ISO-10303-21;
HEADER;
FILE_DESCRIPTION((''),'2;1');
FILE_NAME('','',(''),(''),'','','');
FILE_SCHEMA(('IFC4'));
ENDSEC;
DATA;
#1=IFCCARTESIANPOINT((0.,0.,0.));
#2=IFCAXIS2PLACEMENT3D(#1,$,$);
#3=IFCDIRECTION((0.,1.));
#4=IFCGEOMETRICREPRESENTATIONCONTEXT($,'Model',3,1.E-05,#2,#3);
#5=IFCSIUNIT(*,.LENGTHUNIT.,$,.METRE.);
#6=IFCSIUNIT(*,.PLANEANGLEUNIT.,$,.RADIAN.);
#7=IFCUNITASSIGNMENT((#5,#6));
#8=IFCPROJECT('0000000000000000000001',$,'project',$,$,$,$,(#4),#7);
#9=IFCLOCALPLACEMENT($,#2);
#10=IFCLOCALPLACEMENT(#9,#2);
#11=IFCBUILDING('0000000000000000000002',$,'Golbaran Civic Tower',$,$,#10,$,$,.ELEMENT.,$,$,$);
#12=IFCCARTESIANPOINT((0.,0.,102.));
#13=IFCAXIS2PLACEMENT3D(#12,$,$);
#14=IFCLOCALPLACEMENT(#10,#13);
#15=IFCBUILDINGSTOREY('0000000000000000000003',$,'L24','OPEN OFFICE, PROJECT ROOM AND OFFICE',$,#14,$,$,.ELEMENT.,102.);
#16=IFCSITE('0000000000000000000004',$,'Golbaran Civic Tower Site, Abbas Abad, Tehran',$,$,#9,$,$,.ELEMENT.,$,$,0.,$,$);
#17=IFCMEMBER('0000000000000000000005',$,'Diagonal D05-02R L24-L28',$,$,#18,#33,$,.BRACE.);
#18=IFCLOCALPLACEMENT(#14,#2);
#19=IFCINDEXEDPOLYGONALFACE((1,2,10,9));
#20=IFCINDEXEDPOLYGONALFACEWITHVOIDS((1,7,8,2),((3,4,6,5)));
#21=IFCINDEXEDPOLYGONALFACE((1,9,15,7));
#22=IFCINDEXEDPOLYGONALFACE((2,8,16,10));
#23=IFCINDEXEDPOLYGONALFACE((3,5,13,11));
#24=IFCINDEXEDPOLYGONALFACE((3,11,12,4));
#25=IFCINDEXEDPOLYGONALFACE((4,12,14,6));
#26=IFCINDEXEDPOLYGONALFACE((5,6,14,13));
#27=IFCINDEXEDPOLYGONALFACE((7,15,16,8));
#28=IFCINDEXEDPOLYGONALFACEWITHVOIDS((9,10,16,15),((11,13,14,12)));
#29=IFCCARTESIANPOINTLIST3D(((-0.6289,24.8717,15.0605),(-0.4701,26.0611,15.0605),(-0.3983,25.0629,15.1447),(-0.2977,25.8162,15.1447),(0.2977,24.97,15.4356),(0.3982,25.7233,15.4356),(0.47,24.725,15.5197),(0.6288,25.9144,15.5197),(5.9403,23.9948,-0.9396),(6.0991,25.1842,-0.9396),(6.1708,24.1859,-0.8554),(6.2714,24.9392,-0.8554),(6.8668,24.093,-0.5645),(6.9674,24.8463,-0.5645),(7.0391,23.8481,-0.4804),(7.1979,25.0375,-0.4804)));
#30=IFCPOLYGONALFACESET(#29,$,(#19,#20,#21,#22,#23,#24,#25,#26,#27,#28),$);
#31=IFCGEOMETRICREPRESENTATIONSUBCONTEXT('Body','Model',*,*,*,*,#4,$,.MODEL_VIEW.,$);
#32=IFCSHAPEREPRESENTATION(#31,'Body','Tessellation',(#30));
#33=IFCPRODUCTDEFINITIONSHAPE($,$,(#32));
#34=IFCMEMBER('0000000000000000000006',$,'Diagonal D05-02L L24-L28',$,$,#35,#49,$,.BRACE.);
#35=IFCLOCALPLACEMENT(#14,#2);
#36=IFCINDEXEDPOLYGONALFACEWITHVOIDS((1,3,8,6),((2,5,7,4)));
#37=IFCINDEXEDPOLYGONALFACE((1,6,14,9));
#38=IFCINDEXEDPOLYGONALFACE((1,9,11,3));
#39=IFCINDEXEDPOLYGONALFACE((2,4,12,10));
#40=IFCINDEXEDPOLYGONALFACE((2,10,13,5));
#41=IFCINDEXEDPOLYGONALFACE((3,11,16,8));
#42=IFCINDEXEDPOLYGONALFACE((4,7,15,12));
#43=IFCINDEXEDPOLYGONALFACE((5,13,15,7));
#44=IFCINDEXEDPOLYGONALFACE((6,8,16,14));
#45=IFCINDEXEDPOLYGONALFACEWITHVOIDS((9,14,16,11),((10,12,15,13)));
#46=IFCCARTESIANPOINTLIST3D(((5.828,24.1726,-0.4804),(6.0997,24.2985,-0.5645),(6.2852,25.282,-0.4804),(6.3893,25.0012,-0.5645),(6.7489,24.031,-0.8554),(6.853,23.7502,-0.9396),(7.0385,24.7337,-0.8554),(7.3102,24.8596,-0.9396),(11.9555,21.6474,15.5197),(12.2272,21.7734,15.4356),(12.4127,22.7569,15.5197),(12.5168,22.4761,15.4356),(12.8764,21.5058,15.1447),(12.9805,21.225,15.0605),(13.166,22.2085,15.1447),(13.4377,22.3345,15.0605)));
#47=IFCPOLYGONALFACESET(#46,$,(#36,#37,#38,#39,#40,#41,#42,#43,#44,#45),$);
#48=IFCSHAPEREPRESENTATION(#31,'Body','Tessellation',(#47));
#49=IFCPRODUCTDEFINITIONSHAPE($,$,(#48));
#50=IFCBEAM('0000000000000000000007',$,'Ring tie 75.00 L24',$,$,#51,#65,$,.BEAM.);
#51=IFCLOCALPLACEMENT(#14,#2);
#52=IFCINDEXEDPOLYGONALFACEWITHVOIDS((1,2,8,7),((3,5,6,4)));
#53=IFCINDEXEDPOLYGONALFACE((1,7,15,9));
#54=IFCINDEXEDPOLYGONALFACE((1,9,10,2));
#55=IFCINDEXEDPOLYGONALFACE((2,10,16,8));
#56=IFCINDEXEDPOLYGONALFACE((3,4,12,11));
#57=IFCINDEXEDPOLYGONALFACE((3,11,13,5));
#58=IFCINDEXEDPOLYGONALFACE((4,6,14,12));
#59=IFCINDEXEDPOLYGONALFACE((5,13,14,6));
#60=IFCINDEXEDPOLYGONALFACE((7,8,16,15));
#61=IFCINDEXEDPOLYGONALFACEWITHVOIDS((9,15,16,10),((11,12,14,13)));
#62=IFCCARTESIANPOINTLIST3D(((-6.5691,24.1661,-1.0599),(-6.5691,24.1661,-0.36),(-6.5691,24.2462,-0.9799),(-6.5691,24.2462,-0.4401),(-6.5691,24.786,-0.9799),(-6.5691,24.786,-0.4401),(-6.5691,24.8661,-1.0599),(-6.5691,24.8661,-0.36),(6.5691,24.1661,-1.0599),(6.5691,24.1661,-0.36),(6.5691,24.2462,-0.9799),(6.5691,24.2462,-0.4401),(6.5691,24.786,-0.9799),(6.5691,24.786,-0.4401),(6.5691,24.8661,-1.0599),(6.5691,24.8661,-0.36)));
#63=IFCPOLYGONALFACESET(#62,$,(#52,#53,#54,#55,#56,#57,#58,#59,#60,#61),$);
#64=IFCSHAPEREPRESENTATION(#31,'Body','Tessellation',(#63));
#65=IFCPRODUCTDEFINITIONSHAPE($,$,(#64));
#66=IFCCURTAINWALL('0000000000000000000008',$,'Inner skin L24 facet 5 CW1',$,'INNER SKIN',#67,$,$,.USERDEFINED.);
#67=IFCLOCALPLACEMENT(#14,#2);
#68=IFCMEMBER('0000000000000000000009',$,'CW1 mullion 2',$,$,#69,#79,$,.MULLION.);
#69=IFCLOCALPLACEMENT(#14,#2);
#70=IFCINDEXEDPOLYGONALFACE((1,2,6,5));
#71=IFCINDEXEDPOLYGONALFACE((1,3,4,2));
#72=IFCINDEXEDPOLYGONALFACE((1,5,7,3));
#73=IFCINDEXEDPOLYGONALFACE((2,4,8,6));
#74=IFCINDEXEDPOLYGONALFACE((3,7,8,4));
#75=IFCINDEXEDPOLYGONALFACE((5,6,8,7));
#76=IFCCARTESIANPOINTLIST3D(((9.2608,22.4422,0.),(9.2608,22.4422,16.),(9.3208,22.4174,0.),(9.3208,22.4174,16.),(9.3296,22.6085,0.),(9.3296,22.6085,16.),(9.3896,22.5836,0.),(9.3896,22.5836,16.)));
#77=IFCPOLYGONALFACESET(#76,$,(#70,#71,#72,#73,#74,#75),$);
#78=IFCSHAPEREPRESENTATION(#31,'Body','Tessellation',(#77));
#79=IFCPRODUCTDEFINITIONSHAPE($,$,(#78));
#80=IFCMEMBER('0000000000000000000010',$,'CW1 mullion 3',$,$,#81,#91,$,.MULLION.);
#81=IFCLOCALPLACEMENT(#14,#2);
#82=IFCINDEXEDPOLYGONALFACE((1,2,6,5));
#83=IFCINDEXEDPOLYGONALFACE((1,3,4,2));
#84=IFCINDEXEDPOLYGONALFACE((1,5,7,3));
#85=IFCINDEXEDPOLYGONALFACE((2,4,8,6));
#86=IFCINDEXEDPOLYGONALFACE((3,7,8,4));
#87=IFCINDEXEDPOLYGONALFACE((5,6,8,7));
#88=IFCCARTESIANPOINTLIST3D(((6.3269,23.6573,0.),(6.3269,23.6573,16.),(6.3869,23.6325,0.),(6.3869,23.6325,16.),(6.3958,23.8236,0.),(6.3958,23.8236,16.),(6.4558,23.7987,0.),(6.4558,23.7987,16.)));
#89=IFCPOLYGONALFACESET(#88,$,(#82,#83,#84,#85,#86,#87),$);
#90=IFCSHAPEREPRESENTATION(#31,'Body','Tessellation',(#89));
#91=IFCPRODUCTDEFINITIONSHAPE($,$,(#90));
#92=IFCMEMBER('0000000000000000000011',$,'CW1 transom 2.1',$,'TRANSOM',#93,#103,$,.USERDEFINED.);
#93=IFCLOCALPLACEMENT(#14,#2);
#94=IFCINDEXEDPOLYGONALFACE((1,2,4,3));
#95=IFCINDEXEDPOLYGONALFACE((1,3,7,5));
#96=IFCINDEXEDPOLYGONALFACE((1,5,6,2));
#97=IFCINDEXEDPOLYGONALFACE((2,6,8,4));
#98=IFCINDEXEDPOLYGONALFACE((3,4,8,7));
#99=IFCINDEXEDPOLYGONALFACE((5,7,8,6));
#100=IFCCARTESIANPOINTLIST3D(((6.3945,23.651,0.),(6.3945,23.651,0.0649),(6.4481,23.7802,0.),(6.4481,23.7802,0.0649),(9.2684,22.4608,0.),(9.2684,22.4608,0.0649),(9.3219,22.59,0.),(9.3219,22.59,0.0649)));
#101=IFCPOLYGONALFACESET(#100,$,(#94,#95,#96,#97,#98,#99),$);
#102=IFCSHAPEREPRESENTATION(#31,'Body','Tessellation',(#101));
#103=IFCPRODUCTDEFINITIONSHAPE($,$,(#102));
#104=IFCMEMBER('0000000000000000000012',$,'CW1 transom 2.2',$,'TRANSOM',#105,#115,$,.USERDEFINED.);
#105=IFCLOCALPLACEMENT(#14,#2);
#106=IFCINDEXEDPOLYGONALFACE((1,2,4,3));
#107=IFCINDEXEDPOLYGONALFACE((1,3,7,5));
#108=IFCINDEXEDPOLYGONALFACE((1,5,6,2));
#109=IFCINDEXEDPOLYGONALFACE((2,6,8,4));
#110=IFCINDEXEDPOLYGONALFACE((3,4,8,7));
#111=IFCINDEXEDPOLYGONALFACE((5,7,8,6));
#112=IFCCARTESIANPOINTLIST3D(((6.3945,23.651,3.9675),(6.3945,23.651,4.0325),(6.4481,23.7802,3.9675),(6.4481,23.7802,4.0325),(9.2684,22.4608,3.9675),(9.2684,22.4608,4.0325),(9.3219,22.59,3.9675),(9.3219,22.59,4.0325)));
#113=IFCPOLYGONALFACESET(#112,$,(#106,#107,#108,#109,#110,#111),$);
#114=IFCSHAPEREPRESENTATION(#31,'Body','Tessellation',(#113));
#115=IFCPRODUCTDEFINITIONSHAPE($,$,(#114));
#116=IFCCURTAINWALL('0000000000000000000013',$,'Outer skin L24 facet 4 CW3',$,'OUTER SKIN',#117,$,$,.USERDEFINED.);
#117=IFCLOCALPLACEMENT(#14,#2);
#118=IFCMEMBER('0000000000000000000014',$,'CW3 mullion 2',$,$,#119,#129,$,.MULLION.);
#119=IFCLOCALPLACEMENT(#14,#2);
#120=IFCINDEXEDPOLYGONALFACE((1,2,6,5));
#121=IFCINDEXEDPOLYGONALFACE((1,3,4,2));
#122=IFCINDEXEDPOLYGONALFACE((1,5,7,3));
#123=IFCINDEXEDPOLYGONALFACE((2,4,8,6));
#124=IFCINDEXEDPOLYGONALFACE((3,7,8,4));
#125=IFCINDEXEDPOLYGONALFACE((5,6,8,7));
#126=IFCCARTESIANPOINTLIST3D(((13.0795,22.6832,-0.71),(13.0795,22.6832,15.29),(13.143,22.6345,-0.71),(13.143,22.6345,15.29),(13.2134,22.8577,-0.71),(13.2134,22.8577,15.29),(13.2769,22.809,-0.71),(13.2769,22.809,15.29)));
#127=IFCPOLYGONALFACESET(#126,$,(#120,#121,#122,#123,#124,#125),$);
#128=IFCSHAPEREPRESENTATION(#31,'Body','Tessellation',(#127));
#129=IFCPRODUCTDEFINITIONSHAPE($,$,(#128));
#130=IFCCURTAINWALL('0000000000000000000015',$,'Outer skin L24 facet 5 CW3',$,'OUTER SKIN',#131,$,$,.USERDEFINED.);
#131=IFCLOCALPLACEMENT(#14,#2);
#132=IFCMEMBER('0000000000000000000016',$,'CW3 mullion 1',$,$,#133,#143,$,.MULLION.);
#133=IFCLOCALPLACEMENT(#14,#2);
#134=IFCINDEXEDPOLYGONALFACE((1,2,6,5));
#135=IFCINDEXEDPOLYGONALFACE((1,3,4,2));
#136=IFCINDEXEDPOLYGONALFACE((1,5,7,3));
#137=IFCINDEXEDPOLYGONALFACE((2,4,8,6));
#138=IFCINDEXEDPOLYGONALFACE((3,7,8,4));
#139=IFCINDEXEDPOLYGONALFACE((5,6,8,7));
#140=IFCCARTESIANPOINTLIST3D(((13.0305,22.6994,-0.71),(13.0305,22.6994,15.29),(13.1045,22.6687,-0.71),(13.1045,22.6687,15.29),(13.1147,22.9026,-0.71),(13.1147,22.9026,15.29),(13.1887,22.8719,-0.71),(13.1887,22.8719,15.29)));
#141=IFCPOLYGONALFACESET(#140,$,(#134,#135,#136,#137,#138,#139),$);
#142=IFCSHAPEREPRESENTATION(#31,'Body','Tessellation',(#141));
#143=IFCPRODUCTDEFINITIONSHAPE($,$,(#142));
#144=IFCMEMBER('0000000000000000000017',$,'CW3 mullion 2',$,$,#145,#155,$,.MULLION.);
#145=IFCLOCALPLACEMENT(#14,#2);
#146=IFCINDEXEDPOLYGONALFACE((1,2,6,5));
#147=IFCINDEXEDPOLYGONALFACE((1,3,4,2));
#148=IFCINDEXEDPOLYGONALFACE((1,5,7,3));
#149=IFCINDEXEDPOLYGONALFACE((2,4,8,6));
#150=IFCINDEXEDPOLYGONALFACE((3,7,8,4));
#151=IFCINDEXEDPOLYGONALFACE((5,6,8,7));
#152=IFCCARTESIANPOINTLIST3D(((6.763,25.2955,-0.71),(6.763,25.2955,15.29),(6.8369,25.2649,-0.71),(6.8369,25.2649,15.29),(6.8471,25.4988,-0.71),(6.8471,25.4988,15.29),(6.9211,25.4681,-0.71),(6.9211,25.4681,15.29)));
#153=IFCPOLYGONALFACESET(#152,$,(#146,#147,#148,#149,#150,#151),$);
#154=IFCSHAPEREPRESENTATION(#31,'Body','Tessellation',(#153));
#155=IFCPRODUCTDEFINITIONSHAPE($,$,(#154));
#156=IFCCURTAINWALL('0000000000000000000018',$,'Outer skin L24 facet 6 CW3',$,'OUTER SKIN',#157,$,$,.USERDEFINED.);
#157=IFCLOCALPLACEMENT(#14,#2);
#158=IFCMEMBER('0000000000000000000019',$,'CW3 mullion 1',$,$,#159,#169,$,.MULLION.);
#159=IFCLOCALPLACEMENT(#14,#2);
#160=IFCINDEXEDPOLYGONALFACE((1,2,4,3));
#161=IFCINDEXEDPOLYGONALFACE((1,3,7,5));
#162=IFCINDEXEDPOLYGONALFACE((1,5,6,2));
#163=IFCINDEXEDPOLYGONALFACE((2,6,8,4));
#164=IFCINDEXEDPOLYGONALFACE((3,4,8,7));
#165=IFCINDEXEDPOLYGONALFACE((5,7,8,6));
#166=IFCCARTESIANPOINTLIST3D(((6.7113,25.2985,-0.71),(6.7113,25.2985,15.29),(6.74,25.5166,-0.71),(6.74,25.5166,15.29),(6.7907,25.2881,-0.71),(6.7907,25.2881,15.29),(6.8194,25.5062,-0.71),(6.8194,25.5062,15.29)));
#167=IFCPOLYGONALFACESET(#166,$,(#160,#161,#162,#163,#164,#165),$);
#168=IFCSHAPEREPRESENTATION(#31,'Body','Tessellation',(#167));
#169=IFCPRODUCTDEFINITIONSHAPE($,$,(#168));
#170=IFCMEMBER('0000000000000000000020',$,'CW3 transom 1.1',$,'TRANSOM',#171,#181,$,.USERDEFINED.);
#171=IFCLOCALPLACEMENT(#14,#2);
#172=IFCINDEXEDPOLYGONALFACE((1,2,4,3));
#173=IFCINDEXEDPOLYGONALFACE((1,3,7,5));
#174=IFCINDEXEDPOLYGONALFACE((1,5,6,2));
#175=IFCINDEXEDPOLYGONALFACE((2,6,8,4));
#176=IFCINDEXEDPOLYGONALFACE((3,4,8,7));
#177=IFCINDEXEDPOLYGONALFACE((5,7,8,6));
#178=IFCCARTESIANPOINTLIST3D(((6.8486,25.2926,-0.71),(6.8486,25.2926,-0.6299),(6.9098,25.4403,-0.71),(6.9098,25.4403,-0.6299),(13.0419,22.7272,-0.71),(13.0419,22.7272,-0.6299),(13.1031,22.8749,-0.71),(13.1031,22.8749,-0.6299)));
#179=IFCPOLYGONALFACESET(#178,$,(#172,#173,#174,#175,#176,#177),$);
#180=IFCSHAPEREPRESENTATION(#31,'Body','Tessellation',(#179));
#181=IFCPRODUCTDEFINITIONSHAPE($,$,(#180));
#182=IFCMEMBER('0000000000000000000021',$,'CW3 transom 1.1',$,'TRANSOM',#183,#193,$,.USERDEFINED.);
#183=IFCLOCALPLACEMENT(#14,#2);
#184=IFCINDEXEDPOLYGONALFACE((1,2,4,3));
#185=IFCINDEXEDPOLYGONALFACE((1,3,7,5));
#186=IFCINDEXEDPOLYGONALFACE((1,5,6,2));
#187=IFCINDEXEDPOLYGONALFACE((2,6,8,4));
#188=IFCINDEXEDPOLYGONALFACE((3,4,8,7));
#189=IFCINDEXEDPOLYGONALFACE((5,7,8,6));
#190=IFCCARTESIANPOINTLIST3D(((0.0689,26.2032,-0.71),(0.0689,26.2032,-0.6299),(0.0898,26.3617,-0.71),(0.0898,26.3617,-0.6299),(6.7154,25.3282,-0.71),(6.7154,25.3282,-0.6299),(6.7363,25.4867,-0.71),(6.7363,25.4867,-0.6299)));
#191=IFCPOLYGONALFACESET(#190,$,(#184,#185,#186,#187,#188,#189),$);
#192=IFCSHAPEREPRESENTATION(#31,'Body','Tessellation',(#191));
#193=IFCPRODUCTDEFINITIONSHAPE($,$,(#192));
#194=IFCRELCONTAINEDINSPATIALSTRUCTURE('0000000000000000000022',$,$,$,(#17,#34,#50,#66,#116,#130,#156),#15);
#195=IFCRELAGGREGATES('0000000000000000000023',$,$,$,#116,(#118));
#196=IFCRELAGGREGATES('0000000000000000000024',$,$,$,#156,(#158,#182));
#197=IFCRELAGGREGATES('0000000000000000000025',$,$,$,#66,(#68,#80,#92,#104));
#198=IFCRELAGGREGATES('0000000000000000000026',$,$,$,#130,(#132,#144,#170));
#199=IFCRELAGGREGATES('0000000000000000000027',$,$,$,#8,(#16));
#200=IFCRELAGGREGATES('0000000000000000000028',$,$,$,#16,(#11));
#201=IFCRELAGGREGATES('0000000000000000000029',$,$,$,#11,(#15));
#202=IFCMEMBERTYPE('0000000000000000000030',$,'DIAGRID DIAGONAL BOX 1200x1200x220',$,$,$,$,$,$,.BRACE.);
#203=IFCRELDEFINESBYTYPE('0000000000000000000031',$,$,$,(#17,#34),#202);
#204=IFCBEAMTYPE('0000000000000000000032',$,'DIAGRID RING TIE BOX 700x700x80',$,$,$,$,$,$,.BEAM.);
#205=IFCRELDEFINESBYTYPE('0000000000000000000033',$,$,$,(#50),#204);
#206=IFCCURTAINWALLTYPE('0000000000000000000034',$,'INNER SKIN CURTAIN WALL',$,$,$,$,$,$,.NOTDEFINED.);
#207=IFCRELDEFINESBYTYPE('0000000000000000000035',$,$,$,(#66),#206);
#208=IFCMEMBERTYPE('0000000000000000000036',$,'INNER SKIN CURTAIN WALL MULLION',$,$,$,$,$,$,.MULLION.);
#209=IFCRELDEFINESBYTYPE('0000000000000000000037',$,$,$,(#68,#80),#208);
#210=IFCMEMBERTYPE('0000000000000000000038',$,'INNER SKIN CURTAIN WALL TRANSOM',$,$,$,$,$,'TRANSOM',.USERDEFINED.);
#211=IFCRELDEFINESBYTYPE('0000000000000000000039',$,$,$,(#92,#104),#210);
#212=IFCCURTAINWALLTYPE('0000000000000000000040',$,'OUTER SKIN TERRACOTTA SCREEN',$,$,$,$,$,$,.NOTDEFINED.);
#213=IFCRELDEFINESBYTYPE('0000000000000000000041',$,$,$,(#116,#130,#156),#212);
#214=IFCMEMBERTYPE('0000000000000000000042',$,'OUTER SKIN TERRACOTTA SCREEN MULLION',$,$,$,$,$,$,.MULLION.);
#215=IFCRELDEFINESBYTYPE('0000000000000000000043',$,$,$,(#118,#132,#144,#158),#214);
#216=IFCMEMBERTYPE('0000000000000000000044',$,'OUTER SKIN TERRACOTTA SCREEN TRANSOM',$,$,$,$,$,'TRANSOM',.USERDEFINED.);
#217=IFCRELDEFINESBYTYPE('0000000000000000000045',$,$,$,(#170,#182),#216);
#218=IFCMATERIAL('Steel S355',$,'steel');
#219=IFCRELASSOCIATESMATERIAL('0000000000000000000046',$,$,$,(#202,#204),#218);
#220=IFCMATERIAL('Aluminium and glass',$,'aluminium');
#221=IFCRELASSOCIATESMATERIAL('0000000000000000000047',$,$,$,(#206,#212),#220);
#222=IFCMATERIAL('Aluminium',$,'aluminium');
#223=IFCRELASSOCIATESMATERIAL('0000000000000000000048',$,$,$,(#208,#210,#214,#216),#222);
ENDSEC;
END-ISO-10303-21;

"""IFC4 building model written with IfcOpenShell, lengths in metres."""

from ifc_helpers import new_model, si_unit, direction, frame, origin, origin_2d, place, context, subcontext, project, spatial, rectangle, hollow_rectangle, extrude, material, material_profile, profile_set, type_object, element, aggregate, save


model = new_model("IFC4")

# Units and contexts
model_context = context("Model", 3, precision=1e-05, world=origin(), true_north=direction((0.0, 1.0)))
body_context = subcontext(model_context, "Body", "Model", "MODEL_VIEW")
ifc_project = project(units=[si_unit("LENGTHUNIT", "METRE"), si_unit("PLANEANGLEUNIT", "RADIAN")], contexts=[model_context])

# Site, building, storey
site_placement = place(None, origin())
site = spatial("IfcSite", under=ifc_project, at=site_placement, Name="Golbaran Civic Tower Site, Abbas Abad, Tehran", CompositionType="ELEMENT", RefElevation=0.0)
building_placement = place(site_placement, origin())
building = spatial("IfcBuilding", under=site, at=building_placement, Name="Golbaran Civic Tower", CompositionType="ELEMENT")
storey_placement = place(building_placement, frame((0.0, 0.0, 102.0)))
storey = spatial("IfcBuildingStorey", under=building, at=storey_placement, Name="L24", Description="OPEN OFFICE, PROJECT ROOM AND OFFICE", CompositionType="ELEMENT", Elevation=102.0)

# Members
ifc_material_1 = material(Name="Steel S355", Category="steel")
ifc_material_profile_1 = material_profile(ifc_material_1, hollow_rectangle(XDim=1.2, YDim=1.2, WallThickness=0.22, at=origin_2d()), Name="BOX 1200x1200x220")
ifc_profile_set_1 = profile_set([ifc_material_profile_1], Name="Steel S355")
member_type_1 = type_object("IfcMemberType", Name="DIAGRID DIAGONAL BOX 1200x1200x220", PredefinedType="BRACE", material=ifc_profile_set_1)
for number, where, z_axis, x_axis, name in (
    (1, (6.5691, 24.5161, -0.71), (-0.379316, 0.050637, 0.923881), (-0.132323, -0.991207, 0.0), "Diagonal D05-02R L24-L28"),
    (2, (6.5691, 24.5161, -0.71), (0.353814, -0.145808, 0.923881), (0.381018, 0.924567, 0.0), "Diagonal D05-02L L24-L28"),
):
    element("IfcMember", number, at=place(storey_placement, frame(where, z_axis=z_axis, x_axis=x_axis)), inside=storey, type_object=member_type_1, Name=name, PredefinedType="BRACE", context=body_context, shape_type="SweptSolid", body=[
        extrude(hollow_rectangle(XDim=1.2, YDim=1.2, WallThickness=0.22, at=origin_2d()), origin(), (0.0, 0.0, 1.0), 17.3184),
    ])

# Beam
ifc_material_profile_2 = material_profile(ifc_material_1, hollow_rectangle(XDim=0.7, YDim=0.7, WallThickness=0.0801, at=origin_2d()), Name="BOX 700x700x80")
ifc_profile_set_2 = profile_set([ifc_material_profile_2], Name="Steel S355")
beam_type = type_object("IfcBeamType", Name="DIAGRID RING TIE BOX 700x700x80", PredefinedType="BEAM", material=ifc_profile_set_2)
beam_placement = place(storey_placement, frame((6.5691, 24.5161, -0.71), z_axis=(-1.0, 0.0, 0.0), x_axis=(0.0, -1.0, 0.0)))
element("IfcBeam", 3, at=beam_placement, inside=storey, type_object=beam_type, Name="Ring tie 75.00 L24", PredefinedType="BEAM", context=body_context, shape_type="SweptSolid", body=[
    extrude(hollow_rectangle(XDim=0.7, YDim=0.7, WallThickness=0.0801, at=origin_2d()), origin(), (0.0, 0.0, 1.0), 13.1382),
])

# Curtain wall, members
ifc_material_2 = material(Name="Aluminium and glass", Category="aluminium")
curtain_wall_type_1 = type_object("IfcCurtainWallType", Name="INNER SKIN CURTAIN WALL", PredefinedType="NOTDEFINED", material=ifc_material_2)
curtain_wall_1_placement = place(storey_placement, origin())
curtain_wall_1 = element("IfcCurtainWall", 4, at=curtain_wall_1_placement, inside=storey, type_object=curtain_wall_type_1, Name="Inner skin L24 facet 5 CW1", ObjectType="INNER SKIN", PredefinedType="USERDEFINED")
ifc_material_3 = material(Name="Aluminium", Category="aluminium")
ifc_material_profile_3 = material_profile(ifc_material_3, rectangle(XDim=0.1799, YDim=0.0649, at=origin_2d()), Name="INNER SKIN CURTAIN WALL MULLION")
ifc_profile_set_3 = profile_set([ifc_material_profile_3], Name="Aluminium")
member_type_2 = type_object("IfcMemberType", Name="INNER SKIN CURTAIN WALL MULLION", PredefinedType="MULLION", material=ifc_profile_set_3)
member_1_placement = place(storey_placement, frame((9.3252, 22.5129, 0.0), z_axis=(0.0, 0.0, 1.0), x_axis=(-0.382683, -0.92388, 0.0)))
member_1 = element("IfcMember", 5, at=member_1_placement, type_object=member_type_2, Name="CW1 mullion 2", PredefinedType="MULLION", context=body_context, shape_type="SweptSolid", body=[
    extrude(rectangle(XDim=0.1799, YDim=0.0649, at=origin_2d()), origin(), (0.0, 0.0, 1.0), 16.0),
])
member_2_placement = place(storey_placement, frame((6.3914, 23.728, 0.0), z_axis=(0.0, 0.0, 1.0), x_axis=(-0.382683, -0.92388, 0.0)))
member_2 = element("IfcMember", 6, at=member_2_placement, type_object=member_type_2, Name="CW1 mullion 3", PredefinedType="MULLION", context=body_context, shape_type="SweptSolid", body=[
    extrude(rectangle(XDim=0.1799, YDim=0.0649, at=origin_2d()), origin(), (0.0, 0.0, 1.0), 16.0),
])
ifc_material_profile_4 = material_profile(ifc_material_3, rectangle(XDim=0.1399, YDim=0.0649, at=origin_2d()), Name="INNER SKIN CURTAIN WALL TRANSOM")
ifc_profile_set_4 = profile_set([ifc_material_profile_4], Name="Aluminium")
member_type_3 = type_object("IfcMemberType", Name="INNER SKIN CURTAIN WALL TRANSOM", ElementType="TRANSOM", PredefinedType="USERDEFINED", material=ifc_profile_set_4)
member_3_placement = place(storey_placement, frame((9.2952, 22.5254, 0.0325), z_axis=(-0.923899, 0.382636, 0.0), x_axis=(-0.382636, -0.923899, 0.0)))
member_3 = element("IfcMember", 7, at=member_3_placement, type_object=member_type_3, Name="CW1 transom 2.1", ObjectType="TRANSOM", PredefinedType="USERDEFINED", context=body_context, shape_type="SweptSolid", body=[
    extrude(rectangle(XDim=0.1399, YDim=0.0649, at=origin_2d()), origin(), (0.0, 0.0, 1.0), 3.1106),
])
member_4_placement = place(storey_placement, frame((9.2952, 22.5254, 4.0), z_axis=(-0.923899, 0.382636, 0.0), x_axis=(-0.382636, -0.923899, 0.0)))
member_4 = element("IfcMember", 8, at=member_4_placement, type_object=member_type_3, Name="CW1 transom 2.2", ObjectType="TRANSOM", PredefinedType="USERDEFINED", context=body_context, shape_type="SweptSolid", body=[
    extrude(rectangle(XDim=0.1399, YDim=0.0649, at=origin_2d()), origin(), (0.0, 0.0, 1.0), 3.1106),
])

# Curtain wall, member
curtain_wall_type_2 = type_object("IfcCurtainWallType", Name="OUTER SKIN TERRACOTTA SCREEN", PredefinedType="NOTDEFINED", material=ifc_material_2)
curtain_wall_2_placement = place(storey_placement, origin())
curtain_wall_2 = element("IfcCurtainWall", 9, at=curtain_wall_2_placement, inside=storey, type_object=curtain_wall_type_2, Name="Outer skin L24 facet 4 CW3", ObjectType="OUTER SKIN", PredefinedType="USERDEFINED")
ifc_material_profile_5 = material_profile(ifc_material_3, rectangle(XDim=0.22, YDim=0.0801, at=origin_2d()), Name="OUTER SKIN TERRACOTTA SCREEN MULLION")
ifc_profile_set_5 = profile_set([ifc_material_profile_5], Name="Aluminium")
member_type_4 = type_object("IfcMemberType", Name="OUTER SKIN TERRACOTTA SCREEN MULLION", PredefinedType="MULLION", material=ifc_profile_set_5)
member_5_placement = place(storey_placement, frame((13.1782, 22.7461, -0.71), z_axis=(0.0, 0.0, 1.0), x_axis=(-0.608761, -0.793353, 0.0)))
member_5 = element("IfcMember", 10, at=member_5_placement, type_object=member_type_4, Name="CW3 mullion 2", PredefinedType="MULLION", context=body_context, shape_type="SweptSolid", body=[
    extrude(rectangle(XDim=0.22, YDim=0.0801, at=origin_2d()), origin(), (0.0, 0.0, 1.0), 16.0),
])
aggregate(curtain_wall_2, [member_5])

# Curtain wall, members
curtain_wall_3_placement = place(storey_placement, origin())
curtain_wall_3 = element("IfcCurtainWall", 11, at=curtain_wall_3_placement, inside=storey, type_object=curtain_wall_type_2, Name="Outer skin L24 facet 5 CW3", ObjectType="OUTER SKIN", PredefinedType="USERDEFINED")
member_6_placement = place(storey_placement, frame((13.1096, 22.7856, -0.71), z_axis=(0.0, 0.0, 1.0), x_axis=(-0.382683, -0.92388, 0.0)))
member_6 = element("IfcMember", 12, at=member_6_placement, type_object=member_type_4, Name="CW3 mullion 1", PredefinedType="MULLION", context=body_context, shape_type="SweptSolid", body=[
    extrude(rectangle(XDim=0.22, YDim=0.0801, at=origin_2d()), origin(), (0.0, 0.0, 1.0), 16.0),
])
member_7_placement = place(storey_placement, frame((6.842, 25.3818, -0.71), z_axis=(0.0, 0.0, 1.0), x_axis=(-0.382683, -0.92388, 0.0)))
member_7 = element("IfcMember", 13, at=member_7_placement, type_object=member_type_4, Name="CW3 mullion 2", PredefinedType="MULLION", context=body_context, shape_type="SweptSolid", body=[
    extrude(rectangle(XDim=0.22, YDim=0.0801, at=origin_2d()), origin(), (0.0, 0.0, 1.0), 16.0),
])

# Curtain wall, member
curtain_wall_4_placement = place(storey_placement, origin())
curtain_wall_4 = element("IfcCurtainWall", 14, at=curtain_wall_4_placement, inside=storey, type_object=curtain_wall_type_2, Name="Outer skin L24 facet 6 CW3", ObjectType="OUTER SKIN", PredefinedType="USERDEFINED")
member_8_placement = place(storey_placement, frame((6.7654, 25.4023, -0.71), z_axis=(0.0, 0.0, 1.0), x_axis=(-0.130526, -0.991445, 0.0)))
member_8 = element("IfcMember", 15, at=member_8_placement, type_object=member_type_4, Name="CW3 mullion 1", PredefinedType="MULLION", context=body_context, shape_type="SweptSolid", body=[
    extrude(rectangle(XDim=0.22, YDim=0.0801, at=origin_2d()), origin(), (0.0, 0.0, 1.0), 16.0),
])

# Members
ifc_material_profile_6 = material_profile(ifc_material_3, rectangle(XDim=0.1599, YDim=0.0801, at=origin_2d()), Name="OUTER SKIN TERRACOTTA SCREEN TRANSOM")
ifc_profile_set_6 = profile_set([ifc_material_profile_6], Name="Aluminium")
member_type_5 = type_object("IfcMemberType", Name="OUTER SKIN TERRACOTTA SCREEN TRANSOM", ElementType="TRANSOM", PredefinedType="USERDEFINED", material=ifc_profile_set_6)
member_9_placement = place(storey_placement, frame((13.0725, 22.801, -0.6699), z_axis=(-0.923877, 0.382691, 0.0), x_axis=(-0.382691, -0.923877, 0.0)))
member_9 = element("IfcMember", 16, at=member_9_placement, type_object=member_type_5, Name="CW3 transom 1.1", ObjectType="TRANSOM", PredefinedType="USERDEFINED", context=body_context, shape_type="SweptSolid", body=[
    extrude(rectangle(XDim=0.1599, YDim=0.0801, at=origin_2d()), origin(), (0.0, 0.0, 1.0), 6.7036),
])
member_10_placement = place(storey_placement, frame((6.7258, 25.4075, -0.6699), z_axis=(-0.991445, 0.130522, 0.0), x_axis=(-0.130522, -0.991445, 0.0)))
member_10 = element("IfcMember", 17, at=member_10_placement, type_object=member_type_5, Name="CW3 transom 1.1", ObjectType="TRANSOM", PredefinedType="USERDEFINED", context=body_context, shape_type="SweptSolid", body=[
    extrude(rectangle(XDim=0.1599, YDim=0.0801, at=origin_2d()), origin(), (0.0, 0.0, 1.0), 6.7039),
])
aggregate(curtain_wall_4, [member_8, member_10])

aggregate(curtain_wall_1, [member_1, member_2, member_3, member_4])
aggregate(curtain_wall_3, [member_6, member_7, member_9])

save(model, "model.ifc")
